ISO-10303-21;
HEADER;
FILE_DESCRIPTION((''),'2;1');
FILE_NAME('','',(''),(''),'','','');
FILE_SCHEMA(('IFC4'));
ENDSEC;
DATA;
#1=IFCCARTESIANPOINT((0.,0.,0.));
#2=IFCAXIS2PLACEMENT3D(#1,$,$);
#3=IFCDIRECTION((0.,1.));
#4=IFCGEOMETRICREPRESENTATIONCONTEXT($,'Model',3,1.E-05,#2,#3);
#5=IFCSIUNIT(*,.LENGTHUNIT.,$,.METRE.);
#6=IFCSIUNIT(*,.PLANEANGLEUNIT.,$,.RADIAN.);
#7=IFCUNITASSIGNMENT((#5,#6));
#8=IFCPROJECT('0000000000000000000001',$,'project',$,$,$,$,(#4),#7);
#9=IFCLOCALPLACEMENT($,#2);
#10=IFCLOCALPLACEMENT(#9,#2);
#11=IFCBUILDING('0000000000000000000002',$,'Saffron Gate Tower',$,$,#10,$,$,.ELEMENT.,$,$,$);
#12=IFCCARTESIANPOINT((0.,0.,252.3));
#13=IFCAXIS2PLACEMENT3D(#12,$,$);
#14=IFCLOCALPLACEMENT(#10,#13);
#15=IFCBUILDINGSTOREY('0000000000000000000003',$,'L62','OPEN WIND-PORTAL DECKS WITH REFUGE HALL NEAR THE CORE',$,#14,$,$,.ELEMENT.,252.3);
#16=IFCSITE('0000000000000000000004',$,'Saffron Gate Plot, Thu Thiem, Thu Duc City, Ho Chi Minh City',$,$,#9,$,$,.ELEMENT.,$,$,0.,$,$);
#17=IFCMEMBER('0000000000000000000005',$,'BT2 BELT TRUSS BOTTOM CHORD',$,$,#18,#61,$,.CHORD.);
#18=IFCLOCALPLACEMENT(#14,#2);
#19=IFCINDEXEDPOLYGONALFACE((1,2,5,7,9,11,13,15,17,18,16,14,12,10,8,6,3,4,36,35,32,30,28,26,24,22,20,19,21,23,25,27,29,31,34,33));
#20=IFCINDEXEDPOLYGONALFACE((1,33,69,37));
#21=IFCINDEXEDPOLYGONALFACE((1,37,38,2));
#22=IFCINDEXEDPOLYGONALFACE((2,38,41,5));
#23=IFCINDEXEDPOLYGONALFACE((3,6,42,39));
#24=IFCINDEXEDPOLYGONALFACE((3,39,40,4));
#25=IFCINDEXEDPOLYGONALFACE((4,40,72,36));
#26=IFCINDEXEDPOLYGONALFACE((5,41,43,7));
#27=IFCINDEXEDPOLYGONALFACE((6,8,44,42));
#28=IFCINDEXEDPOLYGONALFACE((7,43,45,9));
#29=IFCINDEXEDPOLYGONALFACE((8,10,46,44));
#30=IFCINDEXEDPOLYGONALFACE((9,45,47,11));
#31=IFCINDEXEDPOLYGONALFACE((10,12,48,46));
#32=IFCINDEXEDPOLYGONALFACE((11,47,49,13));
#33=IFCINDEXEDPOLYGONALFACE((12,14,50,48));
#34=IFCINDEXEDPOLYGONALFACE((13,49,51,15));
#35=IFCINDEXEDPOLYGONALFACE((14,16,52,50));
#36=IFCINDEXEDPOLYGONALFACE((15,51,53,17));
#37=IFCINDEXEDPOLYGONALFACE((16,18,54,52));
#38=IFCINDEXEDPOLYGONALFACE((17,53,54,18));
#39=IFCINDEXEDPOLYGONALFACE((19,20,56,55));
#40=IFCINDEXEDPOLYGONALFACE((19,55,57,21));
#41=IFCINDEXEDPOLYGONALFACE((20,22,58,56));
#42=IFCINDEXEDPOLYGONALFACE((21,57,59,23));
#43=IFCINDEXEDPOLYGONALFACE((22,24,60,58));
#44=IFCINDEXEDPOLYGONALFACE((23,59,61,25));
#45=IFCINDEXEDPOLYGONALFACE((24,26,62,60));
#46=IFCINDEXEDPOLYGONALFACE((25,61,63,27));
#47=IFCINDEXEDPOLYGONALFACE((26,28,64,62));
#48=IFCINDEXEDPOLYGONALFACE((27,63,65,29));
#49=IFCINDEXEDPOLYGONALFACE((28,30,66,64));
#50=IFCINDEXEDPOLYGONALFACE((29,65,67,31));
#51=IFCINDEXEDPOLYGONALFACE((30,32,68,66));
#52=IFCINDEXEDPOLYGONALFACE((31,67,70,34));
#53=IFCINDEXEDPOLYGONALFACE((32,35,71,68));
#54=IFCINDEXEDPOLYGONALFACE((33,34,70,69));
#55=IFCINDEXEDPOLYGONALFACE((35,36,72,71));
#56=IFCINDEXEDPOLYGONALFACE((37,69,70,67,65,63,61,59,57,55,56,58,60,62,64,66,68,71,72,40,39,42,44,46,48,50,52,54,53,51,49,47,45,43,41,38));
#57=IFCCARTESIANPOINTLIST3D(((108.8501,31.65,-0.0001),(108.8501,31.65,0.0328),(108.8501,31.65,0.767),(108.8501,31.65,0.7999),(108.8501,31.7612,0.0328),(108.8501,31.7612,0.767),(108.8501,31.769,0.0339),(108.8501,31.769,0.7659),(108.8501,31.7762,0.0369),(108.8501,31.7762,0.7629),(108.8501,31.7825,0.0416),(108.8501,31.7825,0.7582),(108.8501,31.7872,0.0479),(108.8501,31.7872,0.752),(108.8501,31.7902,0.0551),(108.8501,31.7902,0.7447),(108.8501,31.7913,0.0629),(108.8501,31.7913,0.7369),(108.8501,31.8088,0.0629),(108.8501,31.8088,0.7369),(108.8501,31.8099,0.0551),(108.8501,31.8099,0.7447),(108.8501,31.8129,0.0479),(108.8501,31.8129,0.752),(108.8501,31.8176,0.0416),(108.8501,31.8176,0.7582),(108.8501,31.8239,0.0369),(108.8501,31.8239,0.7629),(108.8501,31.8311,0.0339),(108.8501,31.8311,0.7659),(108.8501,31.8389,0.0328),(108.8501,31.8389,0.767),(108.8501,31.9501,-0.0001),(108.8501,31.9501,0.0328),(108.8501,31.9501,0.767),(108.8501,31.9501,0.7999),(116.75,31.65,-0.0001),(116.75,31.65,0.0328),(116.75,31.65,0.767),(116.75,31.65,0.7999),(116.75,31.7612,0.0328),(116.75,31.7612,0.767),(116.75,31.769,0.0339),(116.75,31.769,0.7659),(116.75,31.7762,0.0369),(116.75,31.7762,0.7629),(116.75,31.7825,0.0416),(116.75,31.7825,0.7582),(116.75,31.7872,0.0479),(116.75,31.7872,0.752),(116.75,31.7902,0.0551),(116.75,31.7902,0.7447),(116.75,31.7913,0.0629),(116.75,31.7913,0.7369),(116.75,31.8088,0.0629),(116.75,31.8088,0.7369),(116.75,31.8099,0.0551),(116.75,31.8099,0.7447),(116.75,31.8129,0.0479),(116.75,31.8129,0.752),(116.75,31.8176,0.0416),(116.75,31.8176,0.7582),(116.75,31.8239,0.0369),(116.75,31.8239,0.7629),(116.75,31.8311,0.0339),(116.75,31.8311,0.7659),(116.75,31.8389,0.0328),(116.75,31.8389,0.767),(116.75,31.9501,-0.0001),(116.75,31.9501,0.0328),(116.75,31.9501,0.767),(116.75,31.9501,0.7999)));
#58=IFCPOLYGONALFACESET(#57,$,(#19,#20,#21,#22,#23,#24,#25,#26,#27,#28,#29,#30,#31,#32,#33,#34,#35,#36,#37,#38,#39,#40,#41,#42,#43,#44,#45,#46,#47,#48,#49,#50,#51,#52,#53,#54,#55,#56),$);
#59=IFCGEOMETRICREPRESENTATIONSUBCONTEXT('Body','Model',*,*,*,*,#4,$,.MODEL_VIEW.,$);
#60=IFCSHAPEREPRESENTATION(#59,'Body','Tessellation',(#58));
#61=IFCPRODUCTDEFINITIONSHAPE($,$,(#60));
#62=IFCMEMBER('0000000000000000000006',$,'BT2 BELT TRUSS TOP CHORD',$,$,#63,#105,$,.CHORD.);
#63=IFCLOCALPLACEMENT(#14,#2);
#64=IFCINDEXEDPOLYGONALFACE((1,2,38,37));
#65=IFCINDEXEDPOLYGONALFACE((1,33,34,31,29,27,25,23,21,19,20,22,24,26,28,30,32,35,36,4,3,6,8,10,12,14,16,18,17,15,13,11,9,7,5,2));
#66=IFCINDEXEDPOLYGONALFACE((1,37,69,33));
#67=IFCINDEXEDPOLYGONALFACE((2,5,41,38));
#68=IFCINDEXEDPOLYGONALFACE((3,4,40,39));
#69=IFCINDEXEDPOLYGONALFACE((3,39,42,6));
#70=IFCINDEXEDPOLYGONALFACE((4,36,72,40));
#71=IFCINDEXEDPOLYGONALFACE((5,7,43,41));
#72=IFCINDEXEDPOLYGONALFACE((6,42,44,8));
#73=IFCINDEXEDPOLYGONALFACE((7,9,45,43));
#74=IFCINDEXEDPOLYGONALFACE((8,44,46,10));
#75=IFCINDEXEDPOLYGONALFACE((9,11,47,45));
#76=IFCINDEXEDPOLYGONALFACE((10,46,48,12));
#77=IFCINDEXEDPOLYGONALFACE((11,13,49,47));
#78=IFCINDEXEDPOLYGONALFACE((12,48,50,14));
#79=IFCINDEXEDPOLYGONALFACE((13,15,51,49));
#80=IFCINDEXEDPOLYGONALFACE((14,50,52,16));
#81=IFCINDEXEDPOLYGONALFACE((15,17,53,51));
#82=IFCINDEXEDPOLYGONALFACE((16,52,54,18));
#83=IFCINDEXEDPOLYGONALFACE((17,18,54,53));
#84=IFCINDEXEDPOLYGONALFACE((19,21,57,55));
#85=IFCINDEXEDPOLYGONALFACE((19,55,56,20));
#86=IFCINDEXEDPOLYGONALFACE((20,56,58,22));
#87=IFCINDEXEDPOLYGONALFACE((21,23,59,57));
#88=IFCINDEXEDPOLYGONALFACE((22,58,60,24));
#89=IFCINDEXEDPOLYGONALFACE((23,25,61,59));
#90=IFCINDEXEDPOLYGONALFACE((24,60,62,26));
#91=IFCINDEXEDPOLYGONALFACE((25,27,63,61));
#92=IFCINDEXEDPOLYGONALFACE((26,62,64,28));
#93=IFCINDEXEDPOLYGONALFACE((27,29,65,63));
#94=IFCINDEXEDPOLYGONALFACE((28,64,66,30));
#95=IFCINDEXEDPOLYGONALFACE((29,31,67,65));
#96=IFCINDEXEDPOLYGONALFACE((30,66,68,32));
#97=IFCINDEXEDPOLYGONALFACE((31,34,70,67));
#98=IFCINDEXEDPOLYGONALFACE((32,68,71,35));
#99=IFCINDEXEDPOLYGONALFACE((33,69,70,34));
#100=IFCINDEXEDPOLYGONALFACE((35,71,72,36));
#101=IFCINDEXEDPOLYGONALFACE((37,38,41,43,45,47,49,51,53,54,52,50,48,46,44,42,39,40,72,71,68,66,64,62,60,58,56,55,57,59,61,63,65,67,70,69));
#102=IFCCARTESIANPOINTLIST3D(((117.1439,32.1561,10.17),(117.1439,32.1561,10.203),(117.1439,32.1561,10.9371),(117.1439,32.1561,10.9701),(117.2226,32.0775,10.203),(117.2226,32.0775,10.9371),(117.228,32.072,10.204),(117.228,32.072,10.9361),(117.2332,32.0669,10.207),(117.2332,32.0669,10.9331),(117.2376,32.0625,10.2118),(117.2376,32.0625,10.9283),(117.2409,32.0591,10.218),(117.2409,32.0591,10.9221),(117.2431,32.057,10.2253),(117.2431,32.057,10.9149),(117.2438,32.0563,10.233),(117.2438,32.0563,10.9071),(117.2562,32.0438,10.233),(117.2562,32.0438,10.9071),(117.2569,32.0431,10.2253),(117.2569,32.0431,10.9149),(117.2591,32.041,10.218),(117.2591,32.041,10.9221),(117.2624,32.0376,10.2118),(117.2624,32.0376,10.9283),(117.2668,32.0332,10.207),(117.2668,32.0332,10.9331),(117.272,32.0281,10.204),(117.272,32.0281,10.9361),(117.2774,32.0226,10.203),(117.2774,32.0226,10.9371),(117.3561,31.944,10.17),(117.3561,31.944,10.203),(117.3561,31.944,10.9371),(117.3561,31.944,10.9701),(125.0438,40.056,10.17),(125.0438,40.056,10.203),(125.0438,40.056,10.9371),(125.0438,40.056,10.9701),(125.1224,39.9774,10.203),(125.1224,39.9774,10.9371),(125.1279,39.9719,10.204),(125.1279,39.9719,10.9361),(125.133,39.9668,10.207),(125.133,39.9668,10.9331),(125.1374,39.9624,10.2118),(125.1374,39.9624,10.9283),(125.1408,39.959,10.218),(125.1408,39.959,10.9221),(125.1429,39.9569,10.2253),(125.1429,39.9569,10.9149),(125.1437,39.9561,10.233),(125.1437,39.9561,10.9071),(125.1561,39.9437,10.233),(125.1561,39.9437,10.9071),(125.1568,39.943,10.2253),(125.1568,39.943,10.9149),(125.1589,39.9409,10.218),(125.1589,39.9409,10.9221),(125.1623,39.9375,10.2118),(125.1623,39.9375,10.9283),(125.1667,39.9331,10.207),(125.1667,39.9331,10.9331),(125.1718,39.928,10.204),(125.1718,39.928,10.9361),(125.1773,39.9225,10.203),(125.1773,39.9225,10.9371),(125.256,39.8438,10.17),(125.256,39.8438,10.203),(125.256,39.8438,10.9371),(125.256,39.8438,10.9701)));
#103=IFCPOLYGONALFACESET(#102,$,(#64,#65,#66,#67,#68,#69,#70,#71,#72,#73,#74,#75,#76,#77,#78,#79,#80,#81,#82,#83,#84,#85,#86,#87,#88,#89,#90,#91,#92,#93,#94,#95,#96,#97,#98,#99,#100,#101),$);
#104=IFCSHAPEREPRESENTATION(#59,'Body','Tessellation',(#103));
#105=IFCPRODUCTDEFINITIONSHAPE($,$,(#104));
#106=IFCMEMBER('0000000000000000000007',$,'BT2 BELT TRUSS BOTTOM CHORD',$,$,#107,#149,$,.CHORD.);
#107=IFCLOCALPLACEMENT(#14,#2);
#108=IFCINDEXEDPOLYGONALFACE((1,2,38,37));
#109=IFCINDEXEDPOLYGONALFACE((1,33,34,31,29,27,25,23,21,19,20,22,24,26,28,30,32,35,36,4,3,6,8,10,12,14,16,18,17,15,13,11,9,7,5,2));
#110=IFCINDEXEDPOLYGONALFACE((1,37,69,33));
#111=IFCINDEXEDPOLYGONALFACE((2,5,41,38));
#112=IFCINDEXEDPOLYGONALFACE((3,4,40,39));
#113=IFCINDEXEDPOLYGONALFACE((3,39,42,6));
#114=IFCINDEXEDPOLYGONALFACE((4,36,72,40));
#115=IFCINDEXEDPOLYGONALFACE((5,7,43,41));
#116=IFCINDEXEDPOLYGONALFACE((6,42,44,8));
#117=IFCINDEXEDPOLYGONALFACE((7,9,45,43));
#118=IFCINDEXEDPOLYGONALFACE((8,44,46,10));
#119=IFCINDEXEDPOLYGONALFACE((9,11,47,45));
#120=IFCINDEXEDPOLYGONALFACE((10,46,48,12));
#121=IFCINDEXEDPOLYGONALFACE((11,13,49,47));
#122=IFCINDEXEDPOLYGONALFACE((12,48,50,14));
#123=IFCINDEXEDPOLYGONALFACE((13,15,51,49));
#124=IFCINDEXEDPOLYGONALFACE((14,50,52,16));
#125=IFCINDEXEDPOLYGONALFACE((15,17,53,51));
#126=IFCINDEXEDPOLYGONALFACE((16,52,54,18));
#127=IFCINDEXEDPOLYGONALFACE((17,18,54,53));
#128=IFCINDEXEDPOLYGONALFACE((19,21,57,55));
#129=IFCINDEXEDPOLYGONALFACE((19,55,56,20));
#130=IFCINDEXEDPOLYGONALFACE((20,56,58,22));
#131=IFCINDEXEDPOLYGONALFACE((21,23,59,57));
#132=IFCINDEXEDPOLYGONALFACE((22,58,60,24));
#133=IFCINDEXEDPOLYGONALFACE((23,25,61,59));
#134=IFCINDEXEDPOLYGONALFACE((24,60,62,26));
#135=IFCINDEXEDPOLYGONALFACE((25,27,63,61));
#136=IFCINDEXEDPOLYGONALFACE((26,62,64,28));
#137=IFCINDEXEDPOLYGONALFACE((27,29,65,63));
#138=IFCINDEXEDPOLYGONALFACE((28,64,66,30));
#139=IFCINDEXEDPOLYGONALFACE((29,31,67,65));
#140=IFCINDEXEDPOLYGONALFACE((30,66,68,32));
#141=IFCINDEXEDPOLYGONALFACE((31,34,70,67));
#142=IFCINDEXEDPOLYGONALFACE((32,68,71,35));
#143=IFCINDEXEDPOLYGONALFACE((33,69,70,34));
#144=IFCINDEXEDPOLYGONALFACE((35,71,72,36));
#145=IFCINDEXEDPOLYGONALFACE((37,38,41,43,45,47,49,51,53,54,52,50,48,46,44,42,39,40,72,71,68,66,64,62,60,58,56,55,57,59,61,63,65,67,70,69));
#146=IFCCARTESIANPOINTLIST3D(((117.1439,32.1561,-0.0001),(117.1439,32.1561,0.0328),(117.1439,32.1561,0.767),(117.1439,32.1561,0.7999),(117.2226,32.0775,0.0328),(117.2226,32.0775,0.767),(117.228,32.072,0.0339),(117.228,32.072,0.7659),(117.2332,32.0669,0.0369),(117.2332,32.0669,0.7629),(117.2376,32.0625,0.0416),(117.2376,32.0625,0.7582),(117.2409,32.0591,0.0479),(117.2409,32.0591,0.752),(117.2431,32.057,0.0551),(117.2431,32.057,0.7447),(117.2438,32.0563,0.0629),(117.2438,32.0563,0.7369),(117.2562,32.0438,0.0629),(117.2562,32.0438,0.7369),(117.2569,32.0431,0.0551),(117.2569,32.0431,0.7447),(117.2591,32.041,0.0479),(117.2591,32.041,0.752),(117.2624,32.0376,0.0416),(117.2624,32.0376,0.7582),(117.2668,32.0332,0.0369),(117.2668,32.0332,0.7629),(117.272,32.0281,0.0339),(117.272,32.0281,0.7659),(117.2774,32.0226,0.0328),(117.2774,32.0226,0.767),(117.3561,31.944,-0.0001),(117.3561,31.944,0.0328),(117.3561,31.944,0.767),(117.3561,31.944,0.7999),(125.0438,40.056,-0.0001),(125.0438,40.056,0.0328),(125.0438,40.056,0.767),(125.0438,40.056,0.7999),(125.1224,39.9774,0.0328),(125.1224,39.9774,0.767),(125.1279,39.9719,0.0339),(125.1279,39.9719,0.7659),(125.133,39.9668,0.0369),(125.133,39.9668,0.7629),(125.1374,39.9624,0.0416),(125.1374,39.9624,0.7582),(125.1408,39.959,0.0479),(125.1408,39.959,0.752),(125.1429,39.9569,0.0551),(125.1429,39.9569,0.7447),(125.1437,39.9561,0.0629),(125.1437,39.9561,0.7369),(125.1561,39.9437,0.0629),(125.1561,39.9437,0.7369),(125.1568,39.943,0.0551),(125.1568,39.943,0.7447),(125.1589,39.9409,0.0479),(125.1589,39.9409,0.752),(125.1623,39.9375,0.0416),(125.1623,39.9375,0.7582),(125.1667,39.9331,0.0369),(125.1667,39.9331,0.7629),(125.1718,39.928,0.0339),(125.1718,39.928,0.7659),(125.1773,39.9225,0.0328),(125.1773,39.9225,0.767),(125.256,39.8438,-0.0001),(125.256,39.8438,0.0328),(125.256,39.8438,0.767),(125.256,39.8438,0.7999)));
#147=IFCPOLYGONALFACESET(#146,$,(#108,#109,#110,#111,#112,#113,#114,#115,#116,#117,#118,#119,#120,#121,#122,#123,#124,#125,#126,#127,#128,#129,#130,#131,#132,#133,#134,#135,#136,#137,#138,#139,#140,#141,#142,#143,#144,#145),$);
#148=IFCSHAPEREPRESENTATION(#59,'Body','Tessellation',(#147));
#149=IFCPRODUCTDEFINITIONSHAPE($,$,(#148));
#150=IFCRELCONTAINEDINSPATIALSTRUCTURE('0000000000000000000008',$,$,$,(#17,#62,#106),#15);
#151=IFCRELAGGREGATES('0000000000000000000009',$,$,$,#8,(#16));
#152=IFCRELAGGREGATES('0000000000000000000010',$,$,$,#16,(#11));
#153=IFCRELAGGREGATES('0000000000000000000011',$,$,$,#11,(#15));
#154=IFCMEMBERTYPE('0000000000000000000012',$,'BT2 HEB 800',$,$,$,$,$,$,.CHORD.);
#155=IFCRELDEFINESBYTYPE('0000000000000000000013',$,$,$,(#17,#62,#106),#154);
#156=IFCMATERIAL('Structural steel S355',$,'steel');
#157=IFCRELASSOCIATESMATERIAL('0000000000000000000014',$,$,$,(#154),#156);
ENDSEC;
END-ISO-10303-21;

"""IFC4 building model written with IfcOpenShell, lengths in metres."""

from ifc_helpers import new_model, si_unit, direction, frame, origin, origin_2d, place, context, subcontext, project, spatial, i_section, extrude, material, material_profile, profile_set, type_object, element, save


model = new_model("IFC4")

# Units and contexts
model_context = context("Model", 3, precision=1e-05, world=origin(), true_north=direction((0.0, 1.0)))
body_context = subcontext(model_context, "Body", "Model", "MODEL_VIEW")
ifc_project = project(units=[si_unit("LENGTHUNIT", "METRE"), si_unit("PLANEANGLEUNIT", "RADIAN")], contexts=[model_context])

# Site, building, storey
site_placement = place(None, origin())
site = spatial("IfcSite", under=ifc_project, at=site_placement, Name="Saffron Gate Plot, Thu Thiem, Thu Duc City, Ho Chi Minh City", CompositionType="ELEMENT", RefElevation=0.0)
building_placement = place(site_placement, origin())
building = spatial("IfcBuilding", under=site, at=building_placement, Name="Saffron Gate Tower", CompositionType="ELEMENT")
storey_placement = place(building_placement, frame((0.0, 0.0, 252.3)))
storey = spatial("IfcBuildingStorey", under=building, at=storey_placement, Name="L62", Description="OPEN WIND-PORTAL DECKS WITH REFUGE HALL NEAR THE CORE", CompositionType="ELEMENT", Elevation=252.3)

# Shared definitions
ifc_material_1 = material(Name="Structural steel S355", Category="steel")

# Members
ifc_material_profile_1 = material_profile(ifc_material_1, i_section(OverallWidth=0.3, OverallDepth=0.8, WebThickness=0.0176, FlangeThickness=0.033, FilletRadius=0.03, at=origin_2d()))
ifc_profile_set_1 = profile_set([ifc_material_profile_1], Name="Structural steel S355")
member_type_1 = type_object("IfcMemberType", Name="BT2 HEB 800", PredefinedType="CHORD", material=ifc_profile_set_1)
for number, where, z_axis, x_axis, name in (
    (1, (108.8501, 31.8, 0.3999), (1.0, 0.0, 0.0), (0.0, 1.0, 0.0), "BT2 BELT TRUSS BOTTOM CHORD"),
):
    element("IfcMember", number, at=place(storey_placement, frame(where, z_axis=z_axis, x_axis=x_axis)), inside=storey, type_object=member_type_1, Name=name, PredefinedType="CHORD", context=body_context, shape_type="SweptSolid", body=[
        extrude(i_section(OverallWidth=0.3, OverallDepth=0.8, WebThickness=0.0176, FlangeThickness=0.033, FilletRadius=0.03, at=origin_2d()), origin(), (0.0, 0.0, 1.0), 7.8999),
    ])
for number, where, z_axis, x_axis, name in (
    (2, (117.25, 32.05, 10.5701), (0.707107, 0.707107, 0.0), (-0.707107, 0.707107, 0.0), "BT2 BELT TRUSS TOP CHORD"),
    (3, (117.25, 32.05, 0.3999), (0.707107, 0.707107, 0.0), (-0.707107, 0.707107, 0.0), "BT2 BELT TRUSS BOTTOM CHORD"),
):
    element("IfcMember", number, at=place(storey_placement, frame(where, z_axis=z_axis, x_axis=x_axis)), inside=storey, type_object=member_type_1, Name=name, PredefinedType="CHORD", context=body_context, shape_type="SweptSolid", body=[
        extrude(i_section(OverallWidth=0.3, OverallDepth=0.8, WebThickness=0.0176, FlangeThickness=0.033, FilletRadius=0.03, at=origin_2d()), origin(), (0.0, 0.0, 1.0), 11.1721),
    ])

save(model, "model.ifc")
